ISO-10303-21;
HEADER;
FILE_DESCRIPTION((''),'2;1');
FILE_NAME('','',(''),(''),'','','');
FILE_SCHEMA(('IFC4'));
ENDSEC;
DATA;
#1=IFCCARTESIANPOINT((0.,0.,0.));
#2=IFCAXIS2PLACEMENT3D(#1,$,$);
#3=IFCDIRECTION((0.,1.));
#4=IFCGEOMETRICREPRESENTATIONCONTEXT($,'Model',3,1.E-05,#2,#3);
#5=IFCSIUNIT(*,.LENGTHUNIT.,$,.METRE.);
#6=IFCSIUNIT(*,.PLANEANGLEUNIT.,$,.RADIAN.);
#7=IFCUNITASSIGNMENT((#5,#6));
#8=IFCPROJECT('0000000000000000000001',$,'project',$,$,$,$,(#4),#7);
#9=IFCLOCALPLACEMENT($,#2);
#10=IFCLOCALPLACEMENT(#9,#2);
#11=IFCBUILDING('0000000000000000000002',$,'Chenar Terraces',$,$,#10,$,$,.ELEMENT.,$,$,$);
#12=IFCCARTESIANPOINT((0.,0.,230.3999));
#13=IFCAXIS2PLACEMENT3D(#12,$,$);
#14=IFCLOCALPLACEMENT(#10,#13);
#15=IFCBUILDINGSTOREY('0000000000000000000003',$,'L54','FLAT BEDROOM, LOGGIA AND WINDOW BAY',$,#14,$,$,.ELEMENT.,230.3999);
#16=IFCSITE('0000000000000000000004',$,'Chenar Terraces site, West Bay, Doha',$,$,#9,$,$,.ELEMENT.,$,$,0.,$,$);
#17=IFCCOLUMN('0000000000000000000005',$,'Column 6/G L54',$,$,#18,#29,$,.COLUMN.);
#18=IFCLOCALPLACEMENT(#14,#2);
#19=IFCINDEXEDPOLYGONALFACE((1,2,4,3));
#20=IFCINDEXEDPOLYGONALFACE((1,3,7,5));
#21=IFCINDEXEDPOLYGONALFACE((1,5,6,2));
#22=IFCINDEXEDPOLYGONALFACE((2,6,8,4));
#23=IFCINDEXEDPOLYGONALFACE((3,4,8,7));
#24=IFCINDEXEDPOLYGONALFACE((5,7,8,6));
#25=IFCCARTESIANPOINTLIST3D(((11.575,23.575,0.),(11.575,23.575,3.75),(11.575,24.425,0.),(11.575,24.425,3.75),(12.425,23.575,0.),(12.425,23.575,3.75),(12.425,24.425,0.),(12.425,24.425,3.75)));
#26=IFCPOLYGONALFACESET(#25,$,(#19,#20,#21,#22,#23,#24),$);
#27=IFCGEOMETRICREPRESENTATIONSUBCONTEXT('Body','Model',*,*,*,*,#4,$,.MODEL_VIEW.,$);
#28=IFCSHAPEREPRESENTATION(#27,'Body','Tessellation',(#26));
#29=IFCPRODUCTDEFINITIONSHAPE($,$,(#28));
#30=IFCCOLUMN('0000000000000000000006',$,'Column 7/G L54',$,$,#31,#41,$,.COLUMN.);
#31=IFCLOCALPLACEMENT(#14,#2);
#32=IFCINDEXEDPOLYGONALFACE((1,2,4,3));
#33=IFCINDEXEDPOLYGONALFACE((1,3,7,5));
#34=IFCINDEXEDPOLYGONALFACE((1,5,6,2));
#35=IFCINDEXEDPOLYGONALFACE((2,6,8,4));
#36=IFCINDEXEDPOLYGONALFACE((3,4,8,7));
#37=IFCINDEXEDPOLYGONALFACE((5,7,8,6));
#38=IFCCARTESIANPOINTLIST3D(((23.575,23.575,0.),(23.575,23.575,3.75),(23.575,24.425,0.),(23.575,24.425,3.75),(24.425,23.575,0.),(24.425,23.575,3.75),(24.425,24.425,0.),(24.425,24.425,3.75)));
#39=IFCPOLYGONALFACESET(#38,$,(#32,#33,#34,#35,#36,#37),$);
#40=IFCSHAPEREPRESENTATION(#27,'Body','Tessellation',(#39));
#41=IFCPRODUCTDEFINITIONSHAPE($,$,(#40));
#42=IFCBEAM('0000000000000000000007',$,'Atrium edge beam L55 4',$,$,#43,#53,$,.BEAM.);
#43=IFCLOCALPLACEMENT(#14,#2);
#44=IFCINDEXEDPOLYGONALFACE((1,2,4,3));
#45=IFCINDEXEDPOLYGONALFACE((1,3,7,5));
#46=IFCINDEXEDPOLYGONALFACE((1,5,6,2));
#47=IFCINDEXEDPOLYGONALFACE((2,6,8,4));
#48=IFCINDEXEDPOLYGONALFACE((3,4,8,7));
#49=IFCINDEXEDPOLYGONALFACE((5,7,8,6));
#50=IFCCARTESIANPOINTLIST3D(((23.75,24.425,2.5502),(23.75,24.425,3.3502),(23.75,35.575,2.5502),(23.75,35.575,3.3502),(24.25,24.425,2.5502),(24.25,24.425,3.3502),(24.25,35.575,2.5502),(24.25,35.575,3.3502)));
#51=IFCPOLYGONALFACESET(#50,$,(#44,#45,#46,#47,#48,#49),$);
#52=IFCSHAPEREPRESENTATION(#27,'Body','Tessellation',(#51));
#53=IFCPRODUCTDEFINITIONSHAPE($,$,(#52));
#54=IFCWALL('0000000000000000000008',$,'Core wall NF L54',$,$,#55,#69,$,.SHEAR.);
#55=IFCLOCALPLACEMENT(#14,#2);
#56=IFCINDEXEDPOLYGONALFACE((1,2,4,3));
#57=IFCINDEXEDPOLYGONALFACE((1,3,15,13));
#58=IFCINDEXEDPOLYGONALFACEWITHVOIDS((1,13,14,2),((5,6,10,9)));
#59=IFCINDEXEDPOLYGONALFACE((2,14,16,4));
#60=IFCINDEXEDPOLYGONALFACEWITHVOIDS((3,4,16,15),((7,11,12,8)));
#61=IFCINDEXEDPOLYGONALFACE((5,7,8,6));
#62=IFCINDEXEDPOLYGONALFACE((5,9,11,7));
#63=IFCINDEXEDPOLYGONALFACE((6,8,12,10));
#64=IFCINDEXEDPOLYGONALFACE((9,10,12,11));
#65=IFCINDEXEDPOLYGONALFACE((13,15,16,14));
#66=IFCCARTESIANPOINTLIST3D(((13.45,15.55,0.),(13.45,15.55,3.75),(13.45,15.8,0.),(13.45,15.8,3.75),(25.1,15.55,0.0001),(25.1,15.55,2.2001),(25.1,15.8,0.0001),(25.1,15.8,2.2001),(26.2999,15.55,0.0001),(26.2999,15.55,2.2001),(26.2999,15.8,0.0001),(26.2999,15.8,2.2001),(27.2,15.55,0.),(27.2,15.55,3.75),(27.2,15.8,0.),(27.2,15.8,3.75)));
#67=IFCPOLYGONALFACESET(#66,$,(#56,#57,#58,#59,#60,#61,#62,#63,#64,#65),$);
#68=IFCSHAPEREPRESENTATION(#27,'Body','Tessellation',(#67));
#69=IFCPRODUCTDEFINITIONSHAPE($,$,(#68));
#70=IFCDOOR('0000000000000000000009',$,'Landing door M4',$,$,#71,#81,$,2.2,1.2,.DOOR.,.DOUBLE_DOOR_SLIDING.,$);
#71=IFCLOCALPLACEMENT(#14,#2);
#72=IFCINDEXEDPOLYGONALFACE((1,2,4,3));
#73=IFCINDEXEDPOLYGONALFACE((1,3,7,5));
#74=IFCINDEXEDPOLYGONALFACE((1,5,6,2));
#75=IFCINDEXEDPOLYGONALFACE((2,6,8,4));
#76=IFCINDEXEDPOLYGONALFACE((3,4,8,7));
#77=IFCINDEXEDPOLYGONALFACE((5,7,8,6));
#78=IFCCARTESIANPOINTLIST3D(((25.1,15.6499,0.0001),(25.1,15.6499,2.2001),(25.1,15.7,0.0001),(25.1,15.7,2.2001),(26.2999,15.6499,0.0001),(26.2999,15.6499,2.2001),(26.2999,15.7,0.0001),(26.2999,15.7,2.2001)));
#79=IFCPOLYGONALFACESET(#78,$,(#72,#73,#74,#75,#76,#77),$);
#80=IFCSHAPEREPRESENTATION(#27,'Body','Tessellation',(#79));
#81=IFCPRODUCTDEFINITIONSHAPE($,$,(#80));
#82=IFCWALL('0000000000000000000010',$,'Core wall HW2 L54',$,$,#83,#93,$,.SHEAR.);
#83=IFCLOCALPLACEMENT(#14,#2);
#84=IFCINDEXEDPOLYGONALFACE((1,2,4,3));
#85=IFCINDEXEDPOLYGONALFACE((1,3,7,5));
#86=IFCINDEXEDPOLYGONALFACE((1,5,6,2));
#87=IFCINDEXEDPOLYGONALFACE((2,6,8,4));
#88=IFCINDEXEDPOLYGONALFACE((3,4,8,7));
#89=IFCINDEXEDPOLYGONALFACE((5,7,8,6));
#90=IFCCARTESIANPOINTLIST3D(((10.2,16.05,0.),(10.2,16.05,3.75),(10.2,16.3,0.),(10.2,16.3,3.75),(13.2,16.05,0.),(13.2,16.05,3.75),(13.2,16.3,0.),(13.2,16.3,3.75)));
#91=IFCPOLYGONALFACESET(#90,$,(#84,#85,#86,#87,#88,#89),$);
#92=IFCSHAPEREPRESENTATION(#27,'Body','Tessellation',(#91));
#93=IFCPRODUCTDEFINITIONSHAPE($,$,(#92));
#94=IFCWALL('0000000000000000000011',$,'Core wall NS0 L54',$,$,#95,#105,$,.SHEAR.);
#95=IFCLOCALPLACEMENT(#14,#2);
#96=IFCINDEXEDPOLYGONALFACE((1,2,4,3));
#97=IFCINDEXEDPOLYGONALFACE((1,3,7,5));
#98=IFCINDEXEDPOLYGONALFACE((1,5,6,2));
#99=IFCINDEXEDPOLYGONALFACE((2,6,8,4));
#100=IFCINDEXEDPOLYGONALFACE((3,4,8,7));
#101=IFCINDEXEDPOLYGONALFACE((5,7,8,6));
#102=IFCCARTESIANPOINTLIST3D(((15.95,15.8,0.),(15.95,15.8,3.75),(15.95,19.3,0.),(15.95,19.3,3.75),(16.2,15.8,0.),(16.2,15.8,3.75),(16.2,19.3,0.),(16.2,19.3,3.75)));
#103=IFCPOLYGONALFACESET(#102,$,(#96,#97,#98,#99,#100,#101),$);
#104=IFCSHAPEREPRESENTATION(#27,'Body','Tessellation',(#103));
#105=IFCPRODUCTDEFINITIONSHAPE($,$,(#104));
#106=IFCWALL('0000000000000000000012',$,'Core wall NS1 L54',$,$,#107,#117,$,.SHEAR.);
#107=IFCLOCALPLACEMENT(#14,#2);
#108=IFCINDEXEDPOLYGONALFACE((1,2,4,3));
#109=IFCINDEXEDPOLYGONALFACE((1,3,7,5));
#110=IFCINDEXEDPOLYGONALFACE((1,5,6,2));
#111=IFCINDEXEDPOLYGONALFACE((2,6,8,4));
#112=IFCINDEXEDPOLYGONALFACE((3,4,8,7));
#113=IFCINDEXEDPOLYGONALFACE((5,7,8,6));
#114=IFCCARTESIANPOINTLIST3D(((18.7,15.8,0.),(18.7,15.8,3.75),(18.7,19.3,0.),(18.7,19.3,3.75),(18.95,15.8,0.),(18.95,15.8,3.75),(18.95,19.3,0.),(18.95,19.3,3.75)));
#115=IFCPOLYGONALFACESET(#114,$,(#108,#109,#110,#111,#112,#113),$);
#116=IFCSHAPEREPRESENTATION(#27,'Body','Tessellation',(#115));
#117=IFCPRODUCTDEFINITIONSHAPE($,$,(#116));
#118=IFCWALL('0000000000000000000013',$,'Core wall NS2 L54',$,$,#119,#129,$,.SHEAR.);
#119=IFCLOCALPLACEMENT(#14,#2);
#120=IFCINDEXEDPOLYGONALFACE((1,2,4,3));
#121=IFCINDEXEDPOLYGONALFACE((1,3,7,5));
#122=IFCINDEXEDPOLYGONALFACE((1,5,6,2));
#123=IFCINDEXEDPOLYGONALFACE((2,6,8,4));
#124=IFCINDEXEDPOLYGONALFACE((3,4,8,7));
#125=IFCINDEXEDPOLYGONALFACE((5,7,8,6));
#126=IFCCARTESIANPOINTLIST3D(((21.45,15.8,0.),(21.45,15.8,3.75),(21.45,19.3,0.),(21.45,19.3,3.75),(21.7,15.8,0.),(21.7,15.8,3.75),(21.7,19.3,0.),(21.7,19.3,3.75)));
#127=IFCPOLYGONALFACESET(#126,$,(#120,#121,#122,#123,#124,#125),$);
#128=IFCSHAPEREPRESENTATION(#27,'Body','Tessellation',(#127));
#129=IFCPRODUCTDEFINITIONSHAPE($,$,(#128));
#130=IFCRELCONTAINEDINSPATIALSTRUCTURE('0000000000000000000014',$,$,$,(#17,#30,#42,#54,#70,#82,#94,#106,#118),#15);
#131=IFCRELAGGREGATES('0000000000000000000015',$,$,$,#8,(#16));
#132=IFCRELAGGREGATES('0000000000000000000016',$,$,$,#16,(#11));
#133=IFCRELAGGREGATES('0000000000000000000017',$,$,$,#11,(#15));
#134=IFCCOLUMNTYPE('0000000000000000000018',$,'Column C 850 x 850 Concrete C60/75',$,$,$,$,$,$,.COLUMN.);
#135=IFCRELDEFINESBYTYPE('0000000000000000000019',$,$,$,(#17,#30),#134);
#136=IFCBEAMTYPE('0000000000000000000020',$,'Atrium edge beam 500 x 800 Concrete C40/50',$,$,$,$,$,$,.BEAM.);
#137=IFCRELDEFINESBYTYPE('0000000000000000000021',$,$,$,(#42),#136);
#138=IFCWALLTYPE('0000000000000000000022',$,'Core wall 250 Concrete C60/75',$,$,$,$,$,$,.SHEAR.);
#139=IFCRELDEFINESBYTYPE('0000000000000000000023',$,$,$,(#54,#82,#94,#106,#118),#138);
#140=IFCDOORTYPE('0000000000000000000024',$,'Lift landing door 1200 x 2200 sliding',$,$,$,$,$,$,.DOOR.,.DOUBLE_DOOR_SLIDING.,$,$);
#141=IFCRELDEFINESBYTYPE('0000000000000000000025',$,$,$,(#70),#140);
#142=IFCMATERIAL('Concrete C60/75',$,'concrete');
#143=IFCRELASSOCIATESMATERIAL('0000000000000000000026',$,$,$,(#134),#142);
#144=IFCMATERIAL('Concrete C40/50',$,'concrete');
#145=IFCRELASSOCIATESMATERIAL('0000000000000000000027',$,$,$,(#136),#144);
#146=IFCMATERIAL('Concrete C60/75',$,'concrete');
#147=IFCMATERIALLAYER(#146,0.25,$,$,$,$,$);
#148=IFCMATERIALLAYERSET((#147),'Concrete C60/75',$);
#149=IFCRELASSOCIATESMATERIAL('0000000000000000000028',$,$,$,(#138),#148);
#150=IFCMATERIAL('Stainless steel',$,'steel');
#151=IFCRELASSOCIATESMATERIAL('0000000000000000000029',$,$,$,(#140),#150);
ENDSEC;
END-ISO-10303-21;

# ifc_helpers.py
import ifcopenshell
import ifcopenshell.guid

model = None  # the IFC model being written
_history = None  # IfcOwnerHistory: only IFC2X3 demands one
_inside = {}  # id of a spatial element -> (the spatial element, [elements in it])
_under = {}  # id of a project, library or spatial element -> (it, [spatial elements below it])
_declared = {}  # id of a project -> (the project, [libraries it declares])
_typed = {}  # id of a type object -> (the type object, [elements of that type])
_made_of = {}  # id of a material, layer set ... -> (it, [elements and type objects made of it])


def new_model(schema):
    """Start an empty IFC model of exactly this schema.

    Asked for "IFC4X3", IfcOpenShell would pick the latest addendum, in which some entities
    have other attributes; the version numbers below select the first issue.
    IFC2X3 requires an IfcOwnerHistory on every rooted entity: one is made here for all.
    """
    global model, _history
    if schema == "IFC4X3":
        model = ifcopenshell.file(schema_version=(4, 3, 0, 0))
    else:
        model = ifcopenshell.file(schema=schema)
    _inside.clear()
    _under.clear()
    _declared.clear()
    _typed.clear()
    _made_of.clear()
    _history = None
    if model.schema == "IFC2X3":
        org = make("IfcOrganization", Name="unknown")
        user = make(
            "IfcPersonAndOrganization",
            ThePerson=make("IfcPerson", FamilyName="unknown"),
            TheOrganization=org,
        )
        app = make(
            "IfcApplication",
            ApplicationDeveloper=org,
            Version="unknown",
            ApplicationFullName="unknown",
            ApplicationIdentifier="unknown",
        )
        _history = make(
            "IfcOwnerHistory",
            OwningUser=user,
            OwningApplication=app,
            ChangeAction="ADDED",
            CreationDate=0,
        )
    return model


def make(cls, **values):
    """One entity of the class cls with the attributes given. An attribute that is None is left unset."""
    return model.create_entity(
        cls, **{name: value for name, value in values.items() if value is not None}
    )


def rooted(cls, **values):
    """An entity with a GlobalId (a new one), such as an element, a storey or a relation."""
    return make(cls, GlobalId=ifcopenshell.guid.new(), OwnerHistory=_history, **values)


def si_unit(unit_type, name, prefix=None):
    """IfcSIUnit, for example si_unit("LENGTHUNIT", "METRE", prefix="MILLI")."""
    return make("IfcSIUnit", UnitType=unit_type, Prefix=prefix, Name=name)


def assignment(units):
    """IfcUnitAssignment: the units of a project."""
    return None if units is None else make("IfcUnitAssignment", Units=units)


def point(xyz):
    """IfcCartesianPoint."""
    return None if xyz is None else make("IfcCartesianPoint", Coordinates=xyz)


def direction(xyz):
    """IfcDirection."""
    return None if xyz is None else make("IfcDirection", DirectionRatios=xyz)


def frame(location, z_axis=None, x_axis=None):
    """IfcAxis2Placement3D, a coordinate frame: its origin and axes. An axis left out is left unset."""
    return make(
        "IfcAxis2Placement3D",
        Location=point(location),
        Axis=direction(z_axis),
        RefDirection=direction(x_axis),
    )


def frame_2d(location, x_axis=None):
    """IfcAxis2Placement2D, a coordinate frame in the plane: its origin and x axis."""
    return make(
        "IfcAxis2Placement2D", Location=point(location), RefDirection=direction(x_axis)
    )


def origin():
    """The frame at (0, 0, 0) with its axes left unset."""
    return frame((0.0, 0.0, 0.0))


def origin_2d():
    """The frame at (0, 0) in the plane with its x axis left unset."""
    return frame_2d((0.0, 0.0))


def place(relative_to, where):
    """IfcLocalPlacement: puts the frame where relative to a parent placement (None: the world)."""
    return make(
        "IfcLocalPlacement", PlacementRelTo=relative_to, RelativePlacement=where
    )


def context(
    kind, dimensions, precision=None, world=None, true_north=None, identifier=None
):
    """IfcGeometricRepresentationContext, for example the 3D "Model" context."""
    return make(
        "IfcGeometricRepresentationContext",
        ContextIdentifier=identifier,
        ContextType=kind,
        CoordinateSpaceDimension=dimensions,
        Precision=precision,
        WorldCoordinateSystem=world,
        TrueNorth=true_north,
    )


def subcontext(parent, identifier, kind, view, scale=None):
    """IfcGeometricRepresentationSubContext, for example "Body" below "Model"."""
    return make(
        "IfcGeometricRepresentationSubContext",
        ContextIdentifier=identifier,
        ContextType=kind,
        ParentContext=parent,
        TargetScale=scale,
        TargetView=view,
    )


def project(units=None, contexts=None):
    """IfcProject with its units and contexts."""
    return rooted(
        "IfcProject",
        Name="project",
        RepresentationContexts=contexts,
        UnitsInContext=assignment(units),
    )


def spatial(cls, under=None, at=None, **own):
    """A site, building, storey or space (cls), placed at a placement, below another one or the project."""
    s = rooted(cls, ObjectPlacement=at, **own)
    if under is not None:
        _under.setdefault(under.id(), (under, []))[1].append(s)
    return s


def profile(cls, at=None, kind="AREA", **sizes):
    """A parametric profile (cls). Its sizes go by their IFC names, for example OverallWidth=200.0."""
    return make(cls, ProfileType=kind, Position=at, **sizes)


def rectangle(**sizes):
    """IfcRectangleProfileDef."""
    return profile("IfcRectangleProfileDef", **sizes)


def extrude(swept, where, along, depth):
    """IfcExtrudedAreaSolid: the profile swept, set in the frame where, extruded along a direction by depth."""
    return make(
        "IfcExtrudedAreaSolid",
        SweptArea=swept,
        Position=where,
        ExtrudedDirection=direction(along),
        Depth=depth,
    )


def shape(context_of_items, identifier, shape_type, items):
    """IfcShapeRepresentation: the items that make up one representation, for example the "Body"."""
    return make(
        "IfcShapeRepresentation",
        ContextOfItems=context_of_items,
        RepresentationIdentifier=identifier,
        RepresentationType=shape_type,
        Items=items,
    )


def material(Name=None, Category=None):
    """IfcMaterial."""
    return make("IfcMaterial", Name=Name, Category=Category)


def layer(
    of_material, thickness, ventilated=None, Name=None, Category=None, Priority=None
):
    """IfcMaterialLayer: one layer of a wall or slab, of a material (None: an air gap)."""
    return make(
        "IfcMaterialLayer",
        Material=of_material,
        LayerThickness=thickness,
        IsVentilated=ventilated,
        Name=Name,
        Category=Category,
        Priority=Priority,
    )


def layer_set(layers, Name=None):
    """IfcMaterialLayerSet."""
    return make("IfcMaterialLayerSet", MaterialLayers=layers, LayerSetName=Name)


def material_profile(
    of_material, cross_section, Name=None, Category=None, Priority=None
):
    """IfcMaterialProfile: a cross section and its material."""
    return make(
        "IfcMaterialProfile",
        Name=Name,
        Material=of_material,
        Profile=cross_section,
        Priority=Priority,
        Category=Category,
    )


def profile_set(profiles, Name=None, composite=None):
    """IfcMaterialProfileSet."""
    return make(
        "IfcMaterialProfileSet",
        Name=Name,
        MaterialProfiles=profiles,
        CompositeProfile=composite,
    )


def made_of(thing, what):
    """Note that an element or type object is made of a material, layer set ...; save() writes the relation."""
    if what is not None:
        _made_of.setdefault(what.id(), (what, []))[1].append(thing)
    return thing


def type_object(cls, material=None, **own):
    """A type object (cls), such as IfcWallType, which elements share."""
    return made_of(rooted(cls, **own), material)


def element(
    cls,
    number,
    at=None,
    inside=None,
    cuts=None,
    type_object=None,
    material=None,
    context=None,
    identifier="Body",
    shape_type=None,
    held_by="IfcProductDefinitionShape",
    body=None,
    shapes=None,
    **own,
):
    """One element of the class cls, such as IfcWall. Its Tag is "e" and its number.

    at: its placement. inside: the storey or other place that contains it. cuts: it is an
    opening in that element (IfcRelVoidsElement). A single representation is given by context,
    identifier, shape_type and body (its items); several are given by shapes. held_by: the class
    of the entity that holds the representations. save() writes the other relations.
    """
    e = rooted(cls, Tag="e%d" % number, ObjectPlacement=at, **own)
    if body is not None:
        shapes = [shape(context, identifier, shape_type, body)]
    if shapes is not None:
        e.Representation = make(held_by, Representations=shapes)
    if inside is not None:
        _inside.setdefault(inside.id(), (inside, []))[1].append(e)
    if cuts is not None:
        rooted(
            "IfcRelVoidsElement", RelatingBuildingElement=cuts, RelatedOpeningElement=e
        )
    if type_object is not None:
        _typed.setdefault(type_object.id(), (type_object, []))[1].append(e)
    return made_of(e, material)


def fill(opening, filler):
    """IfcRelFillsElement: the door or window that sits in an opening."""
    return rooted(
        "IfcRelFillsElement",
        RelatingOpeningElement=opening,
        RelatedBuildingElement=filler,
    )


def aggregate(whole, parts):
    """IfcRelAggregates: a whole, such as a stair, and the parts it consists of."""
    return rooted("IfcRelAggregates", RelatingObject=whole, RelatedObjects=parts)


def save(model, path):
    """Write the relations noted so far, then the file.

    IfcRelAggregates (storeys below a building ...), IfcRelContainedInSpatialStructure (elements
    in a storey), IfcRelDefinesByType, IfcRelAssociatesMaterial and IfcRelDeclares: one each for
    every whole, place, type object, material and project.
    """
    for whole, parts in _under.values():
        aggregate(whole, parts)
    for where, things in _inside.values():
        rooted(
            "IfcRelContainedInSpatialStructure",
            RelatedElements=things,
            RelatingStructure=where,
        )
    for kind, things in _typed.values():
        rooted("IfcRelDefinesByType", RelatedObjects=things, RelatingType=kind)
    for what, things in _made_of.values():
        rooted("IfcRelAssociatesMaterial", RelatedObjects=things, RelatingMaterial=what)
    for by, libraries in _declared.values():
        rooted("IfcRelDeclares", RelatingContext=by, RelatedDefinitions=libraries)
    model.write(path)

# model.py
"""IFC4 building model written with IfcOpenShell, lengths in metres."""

from ifc_helpers import new_model, si_unit, direction, frame, frame_2d, origin, origin_2d, place, context, subcontext, project, spatial, rectangle, extrude, material, layer, layer_set, material_profile, profile_set, type_object, element, fill, save


model = new_model("IFC4")

# Units and contexts
model_context = context("Model", 3, precision=1e-05, world=origin(), true_north=direction((0.0, 1.0)))
body_context = subcontext(model_context, "Body", "Model", "MODEL_VIEW")
ifc_project = project(units=[si_unit("LENGTHUNIT", "METRE"), si_unit("PLANEANGLEUNIT", "RADIAN")], contexts=[model_context])

# Site, building, storey
site_placement = place(None, origin())
site = spatial("IfcSite", under=ifc_project, at=site_placement, Name="Chenar Terraces site, West Bay, Doha", CompositionType="ELEMENT", RefElevation=0.0)
building_placement = place(site_placement, origin())
building = spatial("IfcBuilding", under=site, at=building_placement, Name="Chenar Terraces", CompositionType="ELEMENT")
storey_placement = place(building_placement, frame((0.0, 0.0, 230.3999)))
storey = spatial("IfcBuildingStorey", under=building, at=storey_placement, Name="L54", Description="FLAT BEDROOM, LOGGIA AND WINDOW BAY", CompositionType="ELEMENT", Elevation=230.3999)

# Columns
ifc_material_1 = material(Name="Concrete C60/75", Category="concrete")
ifc_material_profile_1 = material_profile(ifc_material_1, rectangle(XDim=0.8501, YDim=0.8501, at=origin_2d()), Name="C 850 x 850")
ifc_profile_set_1 = profile_set([ifc_material_profile_1], Name="Concrete C60/75")
column_type = type_object("IfcColumnType", Name="Column C 850 x 850 Concrete C60/75", PredefinedType="COLUMN", material=ifc_profile_set_1)
for number, where, z_axis, x_axis, name in (
    (1, (12.0, 24.0, 0.0), (0.0, 0.0, 1.0), (1.0, 0.0, 0.0), "Column 6/G L54"),
    (2, (24.0, 24.0, 0.0), (0.0, 0.0, 1.0), (1.0, 0.0, 0.0), "Column 7/G L54"),
):
    element("IfcColumn", number, at=place(storey_placement, frame(where, z_axis=z_axis, x_axis=x_axis)), inside=storey, type_object=column_type, Name=name, PredefinedType="COLUMN", context=body_context, shape_type="SweptSolid", body=[
        extrude(rectangle(XDim=0.8501, YDim=0.8501, at=origin_2d()), origin(), (0.0, 0.0, 1.0), 3.75),
    ])

# Beam
ifc_material_2 = material(Name="Concrete C40/50", Category="concrete")
ifc_material_profile_2 = material_profile(ifc_material_2, rectangle(XDim=0.5, YDim=0.8, at=origin_2d()), Name="RC 500 x 800")
ifc_profile_set_2 = profile_set([ifc_material_profile_2], Name="Concrete C40/50")
beam_type = type_object("IfcBeamType", Name="Atrium edge beam 500 x 800 Concrete C40/50", PredefinedType="BEAM", material=ifc_profile_set_2)
beam_placement = place(storey_placement, frame((24.0, 35.575, 2.9502), z_axis=(0.0, -1.0, 0.0), x_axis=(1.0, 0.0, 0.0)))
element("IfcBeam", 3, at=beam_placement, inside=storey, type_object=beam_type, Name="Atrium edge beam L55 4", PredefinedType="BEAM", context=body_context, shape_type="SweptSolid", body=[
    extrude(rectangle(XDim=0.5, YDim=0.8, at=origin_2d()), origin(), (0.0, 0.0, 1.0), 11.1499),
])

# Wall, opening, door
ifc_material_3 = material(Name="Concrete C60/75", Category="concrete")
ifc_layer_1 = layer(ifc_material_3, 0.25)
ifc_layer_set_1 = layer_set([ifc_layer_1], Name="Concrete C60/75")
wall_type_1 = type_object("IfcWallType", Name="Core wall 250 Concrete C60/75", PredefinedType="SHEAR", material=ifc_layer_set_1)
wall_1_placement = place(storey_placement, frame((13.45, 15.675, 0.0), z_axis=(0.0, 0.0, 1.0), x_axis=(1.0, 0.0, 0.0)))
wall_1 = element("IfcWall", 4, at=wall_1_placement, inside=storey, type_object=wall_type_1, Name="Core wall NF L54", PredefinedType="SHEAR", context=body_context, shape_type="SweptSolid", body=[
    extrude(rectangle(XDim=13.75, YDim=0.25, at=frame_2d((6.875, 0.0))), origin(), (0.0, 0.0, 1.0), 3.75),
])
opening_1_placement = place(wall_1_placement, frame((11.6499, 0.0, 0.0)))
opening_1 = element("IfcOpeningElement", 5, at=opening_1_placement, cuts=wall_1, PredefinedType="OPENING", context=body_context, shape_type="SweptSolid", body=[
    extrude(rectangle(XDim=1.2, YDim=2.2, at=frame_2d((0.6001, 1.1001))), frame((0.0, 0.135, 0.0), z_axis=(0.0, -1.0, 0.0), x_axis=(1.0, 0.0, 0.0)), (0.0, 0.0, 1.0), 0.27),
])
ifc_material_4 = material(Name="Stainless steel", Category="steel")
door_type_1 = type_object("IfcDoorType", Name="Lift landing door 1200 x 2200 sliding", OperationType="DOUBLE_DOOR_SLIDING", PredefinedType="DOOR", material=ifc_material_4)
door_1_placement = place(opening_1_placement, origin())
door_1 = element("IfcDoor", 6, at=door_1_placement, inside=storey, type_object=door_type_1, Name="Landing door M4", OperationType="DOUBLE_DOOR_SLIDING", OverallHeight=2.2, OverallWidth=1.2, PredefinedType="DOOR", context=body_context, shape_type="SweptSolid", body=[
    extrude(rectangle(XDim=1.2, YDim=2.2, at=frame_2d((0.6001, 1.1001))), frame((0.0, 0.0249, 0.0), z_axis=(0.0, -1.0, 0.0), x_axis=(1.0, 0.0, 0.0)), (0.0, 0.0, 1.0), 0.05),
])
fill(opening_1, door_1)

# Walls
wall_2_placement = place(storey_placement, frame((10.2, 16.175, 0.0), z_axis=(0.0, 0.0, 1.0), x_axis=(1.0, 0.0, 0.0)))
element("IfcWall", 7, at=wall_2_placement, inside=storey, type_object=wall_type_1, Name="Core wall HW2 L54", PredefinedType="SHEAR", context=body_context, shape_type="SweptSolid", body=[
    extrude(rectangle(XDim=3.0, YDim=0.25, at=frame_2d((1.5, 0.0))), origin(), (0.0, 0.0, 1.0), 3.75),
])
for number, where, z_axis, x_axis, name in (
    (8, (16.075, 15.8, 0.0), (0.0, 0.0, 1.0), (0.0, 1.0, 0.0), "Core wall NS0 L54"),
    (9, (18.825, 15.8, 0.0), (0.0, 0.0, 1.0), (0.0, 1.0, 0.0), "Core wall NS1 L54"),
    (10, (21.575, 15.8, 0.0), (0.0, 0.0, 1.0), (0.0, 1.0, 0.0), "Core wall NS2 L54"),
):
    element("IfcWall", number, at=place(storey_placement, frame(where, z_axis=z_axis, x_axis=x_axis)), inside=storey, type_object=wall_type_1, Name=name, PredefinedType="SHEAR", context=body_context, shape_type="SweptSolid", body=[
        extrude(rectangle(XDim=3.5, YDim=0.25, at=frame_2d((1.75, 0.0))), origin(), (0.0, 0.0, 1.0), 3.75),
    ])

save(model, "model.ifc")
